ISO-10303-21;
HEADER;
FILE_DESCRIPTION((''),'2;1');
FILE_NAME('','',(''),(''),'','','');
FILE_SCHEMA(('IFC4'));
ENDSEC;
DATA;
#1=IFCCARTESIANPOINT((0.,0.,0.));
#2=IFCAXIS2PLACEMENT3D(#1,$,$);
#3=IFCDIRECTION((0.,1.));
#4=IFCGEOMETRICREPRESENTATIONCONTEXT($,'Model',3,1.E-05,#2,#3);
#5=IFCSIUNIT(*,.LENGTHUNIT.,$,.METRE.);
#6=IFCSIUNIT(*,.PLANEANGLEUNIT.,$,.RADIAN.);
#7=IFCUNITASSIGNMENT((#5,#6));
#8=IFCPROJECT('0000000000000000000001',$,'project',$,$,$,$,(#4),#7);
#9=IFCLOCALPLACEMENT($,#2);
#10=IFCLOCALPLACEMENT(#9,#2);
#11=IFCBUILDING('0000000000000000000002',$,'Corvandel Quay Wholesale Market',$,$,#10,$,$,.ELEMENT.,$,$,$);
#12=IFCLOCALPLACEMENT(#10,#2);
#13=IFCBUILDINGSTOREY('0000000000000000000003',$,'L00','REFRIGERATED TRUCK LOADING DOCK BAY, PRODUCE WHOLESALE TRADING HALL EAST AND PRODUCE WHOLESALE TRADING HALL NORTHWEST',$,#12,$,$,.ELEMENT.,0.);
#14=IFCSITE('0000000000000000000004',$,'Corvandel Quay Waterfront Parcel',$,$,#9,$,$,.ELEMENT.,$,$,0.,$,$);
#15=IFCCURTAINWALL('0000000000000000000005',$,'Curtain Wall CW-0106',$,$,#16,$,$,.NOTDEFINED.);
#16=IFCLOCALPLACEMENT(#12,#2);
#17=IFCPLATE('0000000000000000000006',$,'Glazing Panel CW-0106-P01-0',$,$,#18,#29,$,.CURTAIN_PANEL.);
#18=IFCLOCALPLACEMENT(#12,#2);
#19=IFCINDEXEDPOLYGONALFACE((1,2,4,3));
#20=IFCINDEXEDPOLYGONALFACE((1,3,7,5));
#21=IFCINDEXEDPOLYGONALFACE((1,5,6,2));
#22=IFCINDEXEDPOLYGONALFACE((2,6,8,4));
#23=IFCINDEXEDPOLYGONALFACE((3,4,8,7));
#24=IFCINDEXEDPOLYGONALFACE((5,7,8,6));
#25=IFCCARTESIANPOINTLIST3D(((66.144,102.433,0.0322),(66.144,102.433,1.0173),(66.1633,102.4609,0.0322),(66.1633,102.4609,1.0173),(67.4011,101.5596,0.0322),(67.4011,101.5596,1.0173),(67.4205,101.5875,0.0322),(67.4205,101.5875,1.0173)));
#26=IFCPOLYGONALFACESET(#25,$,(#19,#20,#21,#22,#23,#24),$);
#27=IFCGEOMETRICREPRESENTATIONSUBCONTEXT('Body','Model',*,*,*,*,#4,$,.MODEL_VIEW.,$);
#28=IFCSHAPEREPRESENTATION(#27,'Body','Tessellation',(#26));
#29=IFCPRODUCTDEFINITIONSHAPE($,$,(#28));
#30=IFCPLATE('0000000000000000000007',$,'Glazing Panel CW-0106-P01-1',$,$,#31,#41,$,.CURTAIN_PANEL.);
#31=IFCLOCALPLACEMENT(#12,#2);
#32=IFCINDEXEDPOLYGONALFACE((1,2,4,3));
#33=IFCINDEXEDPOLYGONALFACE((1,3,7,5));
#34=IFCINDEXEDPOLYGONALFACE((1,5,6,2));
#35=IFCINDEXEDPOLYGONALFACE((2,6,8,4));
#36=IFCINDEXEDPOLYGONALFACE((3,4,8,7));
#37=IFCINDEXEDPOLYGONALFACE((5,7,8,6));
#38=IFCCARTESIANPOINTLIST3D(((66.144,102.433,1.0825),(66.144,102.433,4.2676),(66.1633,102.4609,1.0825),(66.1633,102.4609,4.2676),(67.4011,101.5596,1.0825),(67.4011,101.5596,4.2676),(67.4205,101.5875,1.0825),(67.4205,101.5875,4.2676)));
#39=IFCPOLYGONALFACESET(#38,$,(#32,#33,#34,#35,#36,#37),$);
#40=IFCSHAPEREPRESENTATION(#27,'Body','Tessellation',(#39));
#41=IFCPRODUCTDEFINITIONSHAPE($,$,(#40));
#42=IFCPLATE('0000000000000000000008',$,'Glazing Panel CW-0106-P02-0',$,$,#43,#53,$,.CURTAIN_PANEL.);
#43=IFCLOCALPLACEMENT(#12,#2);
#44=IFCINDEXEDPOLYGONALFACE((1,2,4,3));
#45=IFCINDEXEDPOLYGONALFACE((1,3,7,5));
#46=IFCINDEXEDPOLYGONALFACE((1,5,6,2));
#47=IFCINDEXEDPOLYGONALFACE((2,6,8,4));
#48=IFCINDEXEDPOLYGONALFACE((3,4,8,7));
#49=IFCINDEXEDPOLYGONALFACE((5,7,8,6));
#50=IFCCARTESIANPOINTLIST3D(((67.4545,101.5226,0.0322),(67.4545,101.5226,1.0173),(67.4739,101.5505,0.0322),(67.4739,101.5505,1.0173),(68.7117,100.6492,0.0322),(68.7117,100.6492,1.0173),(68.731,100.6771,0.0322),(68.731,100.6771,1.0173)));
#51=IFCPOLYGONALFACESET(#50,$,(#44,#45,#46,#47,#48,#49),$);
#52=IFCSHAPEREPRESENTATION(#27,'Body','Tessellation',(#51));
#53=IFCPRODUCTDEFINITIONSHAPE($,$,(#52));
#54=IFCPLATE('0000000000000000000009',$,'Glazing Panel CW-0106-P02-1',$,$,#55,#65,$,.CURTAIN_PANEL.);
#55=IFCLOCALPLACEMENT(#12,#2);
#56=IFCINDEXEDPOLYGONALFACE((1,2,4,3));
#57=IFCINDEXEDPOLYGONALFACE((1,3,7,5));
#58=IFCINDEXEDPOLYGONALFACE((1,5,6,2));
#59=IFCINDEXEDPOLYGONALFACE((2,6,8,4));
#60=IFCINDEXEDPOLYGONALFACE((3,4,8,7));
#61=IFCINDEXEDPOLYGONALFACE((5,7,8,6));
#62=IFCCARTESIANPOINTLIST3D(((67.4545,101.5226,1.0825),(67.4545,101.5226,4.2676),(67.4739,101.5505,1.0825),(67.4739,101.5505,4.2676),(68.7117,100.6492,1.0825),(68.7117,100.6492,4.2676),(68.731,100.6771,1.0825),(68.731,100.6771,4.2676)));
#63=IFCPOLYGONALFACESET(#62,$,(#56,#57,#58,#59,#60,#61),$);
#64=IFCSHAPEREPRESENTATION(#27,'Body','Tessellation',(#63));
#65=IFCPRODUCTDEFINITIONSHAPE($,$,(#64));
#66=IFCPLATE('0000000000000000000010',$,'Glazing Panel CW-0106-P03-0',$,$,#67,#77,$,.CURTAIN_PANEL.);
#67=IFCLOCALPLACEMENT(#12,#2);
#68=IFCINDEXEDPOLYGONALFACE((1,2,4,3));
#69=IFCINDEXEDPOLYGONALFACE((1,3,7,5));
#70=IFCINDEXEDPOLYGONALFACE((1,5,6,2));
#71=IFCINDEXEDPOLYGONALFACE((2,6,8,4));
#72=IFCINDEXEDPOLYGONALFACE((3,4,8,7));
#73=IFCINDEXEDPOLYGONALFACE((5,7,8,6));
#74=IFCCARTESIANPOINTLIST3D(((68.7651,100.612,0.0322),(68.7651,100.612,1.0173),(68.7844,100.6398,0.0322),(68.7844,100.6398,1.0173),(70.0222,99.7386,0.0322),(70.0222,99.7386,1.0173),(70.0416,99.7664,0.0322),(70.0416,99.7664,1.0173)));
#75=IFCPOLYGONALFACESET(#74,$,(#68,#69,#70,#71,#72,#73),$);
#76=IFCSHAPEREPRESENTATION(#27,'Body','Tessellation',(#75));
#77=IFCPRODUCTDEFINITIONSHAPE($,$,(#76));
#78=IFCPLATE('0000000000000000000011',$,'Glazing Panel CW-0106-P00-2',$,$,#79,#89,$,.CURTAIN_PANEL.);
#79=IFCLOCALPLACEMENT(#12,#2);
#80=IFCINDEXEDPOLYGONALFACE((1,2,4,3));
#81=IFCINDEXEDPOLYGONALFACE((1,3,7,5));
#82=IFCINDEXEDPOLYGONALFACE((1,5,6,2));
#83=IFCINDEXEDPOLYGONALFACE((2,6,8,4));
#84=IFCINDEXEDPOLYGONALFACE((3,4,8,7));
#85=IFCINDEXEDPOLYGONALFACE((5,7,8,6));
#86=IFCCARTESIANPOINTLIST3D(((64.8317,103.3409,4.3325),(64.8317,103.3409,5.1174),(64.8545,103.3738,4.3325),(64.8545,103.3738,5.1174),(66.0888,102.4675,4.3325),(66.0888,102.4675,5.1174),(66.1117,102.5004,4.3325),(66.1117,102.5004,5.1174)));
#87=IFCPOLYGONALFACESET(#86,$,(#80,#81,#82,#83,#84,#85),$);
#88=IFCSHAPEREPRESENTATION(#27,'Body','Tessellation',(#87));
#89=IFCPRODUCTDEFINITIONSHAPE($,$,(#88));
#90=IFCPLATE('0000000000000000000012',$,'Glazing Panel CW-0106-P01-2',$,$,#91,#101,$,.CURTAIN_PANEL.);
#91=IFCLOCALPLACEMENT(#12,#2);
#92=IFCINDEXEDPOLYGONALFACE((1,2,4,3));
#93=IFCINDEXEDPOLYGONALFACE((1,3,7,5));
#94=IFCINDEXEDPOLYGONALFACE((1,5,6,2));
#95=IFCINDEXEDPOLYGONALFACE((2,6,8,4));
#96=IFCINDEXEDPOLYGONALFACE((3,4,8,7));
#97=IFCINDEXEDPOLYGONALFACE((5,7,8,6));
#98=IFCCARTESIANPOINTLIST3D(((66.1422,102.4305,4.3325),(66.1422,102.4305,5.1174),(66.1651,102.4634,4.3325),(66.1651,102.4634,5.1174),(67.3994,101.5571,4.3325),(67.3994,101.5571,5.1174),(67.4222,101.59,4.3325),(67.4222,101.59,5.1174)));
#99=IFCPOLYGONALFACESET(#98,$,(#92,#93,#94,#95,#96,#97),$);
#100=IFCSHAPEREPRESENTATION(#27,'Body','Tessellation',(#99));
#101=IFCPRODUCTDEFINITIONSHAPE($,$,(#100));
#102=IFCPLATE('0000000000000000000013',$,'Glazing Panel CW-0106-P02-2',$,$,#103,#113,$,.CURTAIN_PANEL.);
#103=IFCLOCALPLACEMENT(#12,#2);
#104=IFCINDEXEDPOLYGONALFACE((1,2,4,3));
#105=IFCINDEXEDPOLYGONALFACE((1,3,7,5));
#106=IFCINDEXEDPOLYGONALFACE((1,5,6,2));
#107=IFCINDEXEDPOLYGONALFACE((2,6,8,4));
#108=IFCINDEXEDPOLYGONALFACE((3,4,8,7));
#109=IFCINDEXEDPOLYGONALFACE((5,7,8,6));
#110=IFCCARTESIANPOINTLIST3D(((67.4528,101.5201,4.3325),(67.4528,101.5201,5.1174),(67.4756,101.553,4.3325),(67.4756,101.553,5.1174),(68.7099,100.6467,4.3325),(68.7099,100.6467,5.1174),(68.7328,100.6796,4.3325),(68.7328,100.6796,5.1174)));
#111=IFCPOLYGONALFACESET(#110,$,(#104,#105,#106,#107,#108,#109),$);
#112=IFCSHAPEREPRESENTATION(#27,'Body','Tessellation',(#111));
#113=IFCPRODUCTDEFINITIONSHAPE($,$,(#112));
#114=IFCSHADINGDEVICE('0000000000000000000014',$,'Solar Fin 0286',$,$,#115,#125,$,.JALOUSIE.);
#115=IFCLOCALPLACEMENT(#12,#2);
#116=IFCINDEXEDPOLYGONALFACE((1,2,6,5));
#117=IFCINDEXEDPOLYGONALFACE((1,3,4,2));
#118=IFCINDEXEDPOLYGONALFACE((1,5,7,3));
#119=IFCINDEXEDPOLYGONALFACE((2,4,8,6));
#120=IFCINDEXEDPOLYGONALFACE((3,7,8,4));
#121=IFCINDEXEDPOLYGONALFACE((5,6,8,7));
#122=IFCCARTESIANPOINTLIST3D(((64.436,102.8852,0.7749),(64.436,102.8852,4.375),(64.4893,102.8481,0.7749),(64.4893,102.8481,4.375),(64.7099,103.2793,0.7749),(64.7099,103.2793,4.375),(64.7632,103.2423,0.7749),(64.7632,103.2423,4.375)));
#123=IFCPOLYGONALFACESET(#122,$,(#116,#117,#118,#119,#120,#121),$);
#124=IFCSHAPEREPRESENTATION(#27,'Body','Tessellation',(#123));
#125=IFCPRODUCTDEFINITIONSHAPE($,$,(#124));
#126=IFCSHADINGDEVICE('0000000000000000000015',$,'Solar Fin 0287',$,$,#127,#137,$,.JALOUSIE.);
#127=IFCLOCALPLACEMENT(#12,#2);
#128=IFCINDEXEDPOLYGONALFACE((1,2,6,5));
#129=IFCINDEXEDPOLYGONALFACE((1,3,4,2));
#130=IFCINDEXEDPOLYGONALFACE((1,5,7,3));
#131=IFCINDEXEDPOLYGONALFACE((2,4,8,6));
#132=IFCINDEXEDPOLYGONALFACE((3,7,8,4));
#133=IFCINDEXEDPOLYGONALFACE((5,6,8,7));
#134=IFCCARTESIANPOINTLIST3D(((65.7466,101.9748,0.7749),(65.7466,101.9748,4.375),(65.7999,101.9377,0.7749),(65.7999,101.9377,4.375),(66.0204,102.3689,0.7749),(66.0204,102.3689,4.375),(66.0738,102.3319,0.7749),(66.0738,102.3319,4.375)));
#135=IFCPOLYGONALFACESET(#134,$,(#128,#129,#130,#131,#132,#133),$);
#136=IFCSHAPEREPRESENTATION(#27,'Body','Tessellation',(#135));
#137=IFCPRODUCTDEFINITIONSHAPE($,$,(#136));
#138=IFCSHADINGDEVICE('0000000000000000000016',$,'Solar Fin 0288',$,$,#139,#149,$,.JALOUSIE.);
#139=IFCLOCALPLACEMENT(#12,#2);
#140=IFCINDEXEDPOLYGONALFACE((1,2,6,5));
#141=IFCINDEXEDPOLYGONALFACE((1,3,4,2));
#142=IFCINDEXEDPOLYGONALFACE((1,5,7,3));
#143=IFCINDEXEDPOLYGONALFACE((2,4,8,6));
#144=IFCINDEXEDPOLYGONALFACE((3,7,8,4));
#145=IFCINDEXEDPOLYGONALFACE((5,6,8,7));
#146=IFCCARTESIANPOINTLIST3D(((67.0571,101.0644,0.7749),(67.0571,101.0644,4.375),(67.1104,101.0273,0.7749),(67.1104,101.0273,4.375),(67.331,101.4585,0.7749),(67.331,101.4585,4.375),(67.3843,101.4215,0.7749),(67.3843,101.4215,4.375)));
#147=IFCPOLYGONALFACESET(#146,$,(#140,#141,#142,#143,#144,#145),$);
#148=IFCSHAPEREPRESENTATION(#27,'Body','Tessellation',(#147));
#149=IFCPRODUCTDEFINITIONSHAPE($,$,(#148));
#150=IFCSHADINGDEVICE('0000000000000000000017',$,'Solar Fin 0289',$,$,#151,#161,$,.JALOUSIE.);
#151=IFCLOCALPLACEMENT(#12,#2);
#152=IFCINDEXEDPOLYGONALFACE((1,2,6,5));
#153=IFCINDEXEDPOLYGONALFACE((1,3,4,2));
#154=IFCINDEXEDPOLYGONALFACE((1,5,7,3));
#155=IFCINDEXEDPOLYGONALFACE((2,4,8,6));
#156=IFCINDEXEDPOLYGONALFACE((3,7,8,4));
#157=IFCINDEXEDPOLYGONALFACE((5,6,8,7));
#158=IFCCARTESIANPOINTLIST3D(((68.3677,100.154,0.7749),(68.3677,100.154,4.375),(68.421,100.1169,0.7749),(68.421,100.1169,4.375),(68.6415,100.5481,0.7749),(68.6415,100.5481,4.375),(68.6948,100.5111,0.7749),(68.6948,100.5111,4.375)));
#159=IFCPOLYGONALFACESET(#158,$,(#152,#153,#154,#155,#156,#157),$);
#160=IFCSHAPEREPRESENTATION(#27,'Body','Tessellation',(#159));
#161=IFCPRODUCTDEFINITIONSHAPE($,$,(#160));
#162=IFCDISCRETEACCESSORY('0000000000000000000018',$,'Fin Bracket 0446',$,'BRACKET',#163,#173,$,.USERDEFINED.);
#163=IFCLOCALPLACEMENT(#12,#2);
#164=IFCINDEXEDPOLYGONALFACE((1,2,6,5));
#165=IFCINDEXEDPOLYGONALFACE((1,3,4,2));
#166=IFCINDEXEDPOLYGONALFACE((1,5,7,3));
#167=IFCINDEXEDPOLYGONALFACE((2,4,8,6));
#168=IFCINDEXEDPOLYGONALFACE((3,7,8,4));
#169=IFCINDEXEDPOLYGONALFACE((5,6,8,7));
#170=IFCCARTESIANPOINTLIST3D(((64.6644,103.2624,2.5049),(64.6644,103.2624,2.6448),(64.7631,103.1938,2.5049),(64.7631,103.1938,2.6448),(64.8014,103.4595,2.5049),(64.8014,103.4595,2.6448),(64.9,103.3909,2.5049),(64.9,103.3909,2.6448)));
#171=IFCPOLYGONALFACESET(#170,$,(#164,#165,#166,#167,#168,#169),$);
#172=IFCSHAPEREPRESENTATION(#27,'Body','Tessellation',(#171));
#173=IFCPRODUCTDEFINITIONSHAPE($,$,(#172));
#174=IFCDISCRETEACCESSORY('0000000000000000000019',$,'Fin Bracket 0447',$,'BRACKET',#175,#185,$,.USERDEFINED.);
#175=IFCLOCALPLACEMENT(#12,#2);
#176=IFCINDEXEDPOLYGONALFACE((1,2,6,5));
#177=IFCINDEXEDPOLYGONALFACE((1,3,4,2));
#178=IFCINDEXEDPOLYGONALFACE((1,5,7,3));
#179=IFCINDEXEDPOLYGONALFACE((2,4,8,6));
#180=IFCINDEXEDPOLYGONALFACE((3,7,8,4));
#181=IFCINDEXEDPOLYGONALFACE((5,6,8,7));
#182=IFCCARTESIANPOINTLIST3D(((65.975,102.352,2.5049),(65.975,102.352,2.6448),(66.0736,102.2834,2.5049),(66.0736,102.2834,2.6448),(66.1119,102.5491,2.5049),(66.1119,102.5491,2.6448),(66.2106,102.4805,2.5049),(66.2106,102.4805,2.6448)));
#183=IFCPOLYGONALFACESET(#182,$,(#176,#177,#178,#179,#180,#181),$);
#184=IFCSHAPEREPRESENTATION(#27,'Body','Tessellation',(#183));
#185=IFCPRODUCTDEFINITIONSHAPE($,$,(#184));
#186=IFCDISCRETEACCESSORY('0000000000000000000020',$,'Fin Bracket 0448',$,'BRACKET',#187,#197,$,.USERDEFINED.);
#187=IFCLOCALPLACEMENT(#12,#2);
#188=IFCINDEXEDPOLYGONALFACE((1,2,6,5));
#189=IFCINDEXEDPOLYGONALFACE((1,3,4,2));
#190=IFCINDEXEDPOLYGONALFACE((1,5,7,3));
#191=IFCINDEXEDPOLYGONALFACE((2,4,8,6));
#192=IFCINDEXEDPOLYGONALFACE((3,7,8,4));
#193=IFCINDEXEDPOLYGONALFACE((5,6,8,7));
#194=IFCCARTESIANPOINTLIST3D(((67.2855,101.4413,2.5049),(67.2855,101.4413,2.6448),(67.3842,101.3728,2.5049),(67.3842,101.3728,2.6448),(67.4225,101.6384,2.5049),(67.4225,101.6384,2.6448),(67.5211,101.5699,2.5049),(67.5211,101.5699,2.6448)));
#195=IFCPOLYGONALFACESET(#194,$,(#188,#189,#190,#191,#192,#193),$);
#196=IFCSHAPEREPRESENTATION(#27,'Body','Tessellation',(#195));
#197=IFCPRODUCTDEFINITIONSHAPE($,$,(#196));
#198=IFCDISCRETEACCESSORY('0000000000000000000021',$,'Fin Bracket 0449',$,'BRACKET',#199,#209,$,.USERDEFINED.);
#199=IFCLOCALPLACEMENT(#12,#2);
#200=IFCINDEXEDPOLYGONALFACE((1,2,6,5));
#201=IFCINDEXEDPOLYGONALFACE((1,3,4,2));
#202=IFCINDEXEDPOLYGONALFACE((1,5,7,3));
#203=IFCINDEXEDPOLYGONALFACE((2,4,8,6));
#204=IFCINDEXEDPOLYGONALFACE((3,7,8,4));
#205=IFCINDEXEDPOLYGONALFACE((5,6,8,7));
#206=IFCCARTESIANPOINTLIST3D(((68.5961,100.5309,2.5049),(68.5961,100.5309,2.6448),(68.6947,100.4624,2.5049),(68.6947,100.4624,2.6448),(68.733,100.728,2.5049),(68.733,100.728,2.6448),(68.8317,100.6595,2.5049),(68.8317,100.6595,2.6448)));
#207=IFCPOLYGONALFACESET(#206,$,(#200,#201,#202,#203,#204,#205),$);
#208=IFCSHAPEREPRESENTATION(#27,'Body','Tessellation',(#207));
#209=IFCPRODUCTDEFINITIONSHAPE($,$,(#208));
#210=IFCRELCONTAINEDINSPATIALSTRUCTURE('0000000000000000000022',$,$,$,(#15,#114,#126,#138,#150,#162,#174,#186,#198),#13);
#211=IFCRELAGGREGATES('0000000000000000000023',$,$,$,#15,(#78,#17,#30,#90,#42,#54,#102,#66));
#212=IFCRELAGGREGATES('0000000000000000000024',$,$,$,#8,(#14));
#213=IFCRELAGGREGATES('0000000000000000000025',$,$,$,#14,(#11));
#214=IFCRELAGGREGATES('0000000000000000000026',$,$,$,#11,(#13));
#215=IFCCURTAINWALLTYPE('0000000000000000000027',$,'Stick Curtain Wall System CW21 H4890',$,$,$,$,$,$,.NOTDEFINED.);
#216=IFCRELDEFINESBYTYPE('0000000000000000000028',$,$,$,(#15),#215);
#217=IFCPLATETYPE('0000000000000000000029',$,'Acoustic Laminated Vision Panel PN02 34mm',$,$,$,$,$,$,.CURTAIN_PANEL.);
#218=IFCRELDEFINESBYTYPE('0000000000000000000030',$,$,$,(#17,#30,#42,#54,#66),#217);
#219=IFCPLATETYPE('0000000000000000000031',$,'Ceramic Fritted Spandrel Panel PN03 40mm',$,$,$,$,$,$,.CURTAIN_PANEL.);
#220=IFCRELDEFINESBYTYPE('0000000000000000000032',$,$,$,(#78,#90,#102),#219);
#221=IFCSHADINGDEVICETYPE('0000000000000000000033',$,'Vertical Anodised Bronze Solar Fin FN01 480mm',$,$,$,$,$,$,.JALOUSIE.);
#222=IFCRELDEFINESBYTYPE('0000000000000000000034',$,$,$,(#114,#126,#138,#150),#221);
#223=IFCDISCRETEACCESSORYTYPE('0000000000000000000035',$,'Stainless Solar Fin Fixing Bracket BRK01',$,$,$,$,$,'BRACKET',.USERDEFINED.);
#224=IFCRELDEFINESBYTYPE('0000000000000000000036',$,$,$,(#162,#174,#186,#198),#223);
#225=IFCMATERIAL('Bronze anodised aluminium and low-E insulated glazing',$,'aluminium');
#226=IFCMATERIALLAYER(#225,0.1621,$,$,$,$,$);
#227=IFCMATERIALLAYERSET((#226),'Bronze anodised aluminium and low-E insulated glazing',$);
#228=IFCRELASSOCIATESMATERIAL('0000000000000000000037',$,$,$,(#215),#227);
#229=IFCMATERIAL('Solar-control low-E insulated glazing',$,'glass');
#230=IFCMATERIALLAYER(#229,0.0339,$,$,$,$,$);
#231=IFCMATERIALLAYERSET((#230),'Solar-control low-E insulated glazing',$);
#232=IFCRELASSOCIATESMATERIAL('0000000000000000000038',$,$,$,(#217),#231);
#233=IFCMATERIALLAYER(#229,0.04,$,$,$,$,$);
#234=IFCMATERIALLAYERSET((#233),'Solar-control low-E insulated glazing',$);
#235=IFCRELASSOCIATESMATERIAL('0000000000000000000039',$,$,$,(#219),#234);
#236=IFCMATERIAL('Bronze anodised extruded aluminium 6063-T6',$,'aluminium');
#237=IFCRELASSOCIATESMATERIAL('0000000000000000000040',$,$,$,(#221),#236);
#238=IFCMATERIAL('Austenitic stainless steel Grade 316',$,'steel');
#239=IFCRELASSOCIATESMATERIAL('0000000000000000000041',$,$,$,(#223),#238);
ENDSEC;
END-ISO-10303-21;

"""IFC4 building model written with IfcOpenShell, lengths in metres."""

from ifc_helpers import new_model, si_unit, direction, frame, origin, origin_2d, place, context, subcontext, project, spatial, rectangle, extrude, material, layer, layer_set, type_object, element, aggregate, save


model = new_model("IFC4")

# Units and contexts
model_context = context("Model", 3, precision=1e-05, world=origin(), true_north=direction((0.0, 1.0)))
body_context = subcontext(model_context, "Body", "Model", "MODEL_VIEW")
ifc_project = project(units=[si_unit("LENGTHUNIT", "METRE"), si_unit("PLANEANGLEUNIT", "RADIAN")], contexts=[model_context])

# Site, building, storey
site_placement = place(None, origin())
site = spatial("IfcSite", under=ifc_project, at=site_placement, Name="Corvandel Quay Waterfront Parcel", CompositionType="ELEMENT", RefElevation=0.0)
building_placement = place(site_placement, origin())
building = spatial("IfcBuilding", under=site, at=building_placement, Name="Corvandel Quay Wholesale Market", CompositionType="ELEMENT")
storey_placement = place(building_placement, origin())
storey = spatial("IfcBuildingStorey", under=building, at=storey_placement, Name="L00", Description="REFRIGERATED TRUCK LOADING DOCK BAY, PRODUCE WHOLESALE TRADING HALL EAST AND PRODUCE WHOLESALE TRADING HALL NORTHWEST", CompositionType="ELEMENT", Elevation=0.0)

# Curtain wall, plates
ifc_material_1 = material(Name="Bronze anodised aluminium and low-E insulated glazing", Category="aluminium")
ifc_layer_1 = layer(ifc_material_1, 0.1621)
ifc_layer_set_1 = layer_set([ifc_layer_1], Name="Bronze anodised aluminium and low-E insulated glazing")
curtain_wall_type = type_object("IfcCurtainWallType", Name="Stick Curtain Wall System CW21 H4890", PredefinedType="NOTDEFINED", material=ifc_layer_set_1)
curtain_wall_placement = place(storey_placement, origin())
curtain_wall = element("IfcCurtainWall", 1, at=curtain_wall_placement, inside=storey, type_object=curtain_wall_type, Name="Curtain Wall CW-0106", PredefinedType="NOTDEFINED")
ifc_material_2 = material(Name="Solar-control low-E insulated glazing", Category="glass")
ifc_layer_2 = layer(ifc_material_2, 0.0339)
ifc_layer_set_2 = layer_set([ifc_layer_2], Name="Solar-control low-E insulated glazing")
plate_type_1 = type_object("IfcPlateType", Name="Acoustic Laminated Vision Panel PN02 34mm", PredefinedType="CURTAIN_PANEL", material=ifc_layer_set_2)
plate_1_placement = place(storey_placement, frame((66.7822, 102.0103, 0.0322), z_axis=(0.0, 0.0, 1.0), x_axis=(-0.821249, 0.57057, 0.0)))
plate_1 = element("IfcPlate", 2, at=plate_1_placement, type_object=plate_type_1, Name="Glazing Panel CW-0106-P01-0", PredefinedType="CURTAIN_PANEL", context=body_context, shape_type="SweptSolid", body=[
    extrude(rectangle(XDim=1.5308, YDim=0.0339, at=origin_2d()), origin(), (0.0, 0.0, 1.0), 0.9851),
])
plate_2_placement = place(storey_placement, frame((66.7822, 102.0103, 1.0825), z_axis=(0.0, 0.0, 1.0), x_axis=(-0.821249, 0.57057, 0.0)))
plate_2 = element("IfcPlate", 3, at=plate_2_placement, type_object=plate_type_1, Name="Glazing Panel CW-0106-P01-1", PredefinedType="CURTAIN_PANEL", context=body_context, shape_type="SweptSolid", body=[
    extrude(rectangle(XDim=1.5308, YDim=0.0339, at=origin_2d()), origin(), (0.0, 0.0, 1.0), 3.1851),
])
plate_3_placement = place(storey_placement, frame((68.0928, 101.0999, 0.0322), z_axis=(0.0, 0.0, 1.0), x_axis=(-0.821249, 0.57057, 0.0)))
plate_3 = element("IfcPlate", 4, at=plate_3_placement, type_object=plate_type_1, Name="Glazing Panel CW-0106-P02-0", PredefinedType="CURTAIN_PANEL", context=body_context, shape_type="SweptSolid", body=[
    extrude(rectangle(XDim=1.5308, YDim=0.0339, at=origin_2d()), origin(), (0.0, 0.0, 1.0), 0.9851),
])
plate_4_placement = place(storey_placement, frame((68.0928, 101.0999, 1.0825), z_axis=(0.0, 0.0, 1.0), x_axis=(-0.821249, 0.57057, 0.0)))
plate_4 = element("IfcPlate", 5, at=plate_4_placement, type_object=plate_type_1, Name="Glazing Panel CW-0106-P02-1", PredefinedType="CURTAIN_PANEL", context=body_context, shape_type="SweptSolid", body=[
    extrude(rectangle(XDim=1.5308, YDim=0.0339, at=origin_2d()), origin(), (0.0, 0.0, 1.0), 3.1851),
])
plate_5_placement = place(storey_placement, frame((69.4033, 100.1892, 0.0322), z_axis=(0.0, 0.0, 1.0), x_axis=(-0.821249, 0.57057, 0.0)))
plate_5 = element("IfcPlate", 6, at=plate_5_placement, type_object=plate_type_1, Name="Glazing Panel CW-0106-P03-0", PredefinedType="CURTAIN_PANEL", context=body_context, shape_type="SweptSolid", body=[
    extrude(rectangle(XDim=1.5308, YDim=0.0339, at=origin_2d()), origin(), (0.0, 0.0, 1.0), 0.9851),
])
ifc_layer_3 = layer(ifc_material_2, 0.04)
ifc_layer_set_3 = layer_set([ifc_layer_3], Name="Solar-control low-E insulated glazing")
plate_type_2 = type_object("IfcPlateType", Name="Ceramic Fritted Spandrel Panel PN03 40mm", PredefinedType="CURTAIN_PANEL", material=ifc_layer_set_3)
plate_6_placement = place(storey_placement, frame((65.4717, 102.9207, 4.3325), z_axis=(0.0, 0.0, 1.0), x_axis=(-0.821249, 0.57057, 0.0)))
plate_6 = element("IfcPlate", 7, at=plate_6_placement, type_object=plate_type_2, Name="Glazing Panel CW-0106-P00-2", PredefinedType="CURTAIN_PANEL", context=body_context, shape_type="SweptSolid", body=[
    extrude(rectangle(XDim=1.5308, YDim=0.04, at=origin_2d()), origin(), (0.0, 0.0, 1.0), 0.7849),
])
plate_7_placement = place(storey_placement, frame((66.7822, 102.0103, 4.3325), z_axis=(0.0, 0.0, 1.0), x_axis=(-0.821249, 0.57057, 0.0)))
plate_7 = element("IfcPlate", 8, at=plate_7_placement, type_object=plate_type_2, Name="Glazing Panel CW-0106-P01-2", PredefinedType="CURTAIN_PANEL", context=body_context, shape_type="SweptSolid", body=[
    extrude(rectangle(XDim=1.5308, YDim=0.04, at=origin_2d()), origin(), (0.0, 0.0, 1.0), 0.7849),
])
plate_8_placement = place(storey_placement, frame((68.0928, 101.0999, 4.3325), z_axis=(0.0, 0.0, 1.0), x_axis=(-0.821249, 0.57057, 0.0)))
plate_8 = element("IfcPlate", 9, at=plate_8_placement, type_object=plate_type_2, Name="Glazing Panel CW-0106-P02-2", PredefinedType="CURTAIN_PANEL", context=body_context, shape_type="SweptSolid", body=[
    extrude(rectangle(XDim=1.5308, YDim=0.04, at=origin_2d()), origin(), (0.0, 0.0, 1.0), 0.7849),
])
aggregate(curtain_wall, [plate_6, plate_1, plate_2, plate_7, plate_3, plate_4, plate_8, plate_5])

# Shading devices
ifc_material_3 = material(Name="Bronze anodised extruded aluminium 6063-T6", Category="aluminium")
shading_device_type = type_object("IfcShadingDeviceType", Name="Vertical Anodised Bronze Solar Fin FN01 480mm", PredefinedType="JALOUSIE", material=ifc_material_3)
for number, where, z_axis, x_axis, name in (
    (10, (64.5996, 103.0637, 0.7749), (0.0, 0.0, 1.0), (0.57057, 0.821249, 0.0), "Solar Fin 0286"),
    (11, (65.9102, 102.1533, 0.7749), (0.0, 0.0, 1.0), (0.57057, 0.821249, 0.0), "Solar Fin 0287"),
    (12, (67.2207, 101.2429, 0.7749), (0.0, 0.0, 1.0), (0.57057, 0.821249, 0.0), "Solar Fin 0288"),
    (13, (68.5312, 100.3325, 0.7749), (0.0, 0.0, 1.0), (0.57057, 0.821249, 0.0), "Solar Fin 0289"),
):
    element("IfcShadingDevice", number, at=place(storey_placement, frame(where, z_axis=z_axis, x_axis=x_axis)), inside=storey, type_object=shading_device_type, Name=name, PredefinedType="JALOUSIE", context=body_context, shape_type="SweptSolid", body=[
        extrude(rectangle(XDim=0.48, YDim=0.0649, at=origin_2d()), origin(), (0.0, 0.0, 1.0), 3.6001),
    ])

# Discrete accessories
ifc_material_4 = material(Name="Austenitic stainless steel Grade 316", Category="steel")
discrete_accessory_type = type_object("IfcDiscreteAccessoryType", Name="Stainless Solar Fin Fixing Bracket BRK01", ElementType="BRACKET", PredefinedType="USERDEFINED", material=ifc_material_4)
for number, where, z_axis, x_axis, name in (
    (14, (64.7822, 103.3267, 2.5049), (0.0, 0.0, 1.0), (0.57057, 0.821249, 0.0), "Fin Bracket 0446"),
    (15, (66.0928, 102.4163, 2.5049), (0.0, 0.0, 1.0), (0.57057, 0.821249, 0.0), "Fin Bracket 0447"),
    (16, (67.4033, 101.5056, 2.5049), (0.0, 0.0, 1.0), (0.57057, 0.821249, 0.0), "Fin Bracket 0448"),
    (17, (68.7139, 100.5952, 2.5049), (0.0, 0.0, 1.0), (0.57057, 0.821249, 0.0), "Fin Bracket 0449"),
):
    element("IfcDiscreteAccessory", number, at=place(storey_placement, frame(where, z_axis=z_axis, x_axis=x_axis)), inside=storey, type_object=discrete_accessory_type, Name=name, ObjectType="BRACKET", PredefinedType="USERDEFINED", context=body_context, shape_type="SweptSolid", body=[
        extrude(rectangle(XDim=0.24, YDim=0.1201, at=origin_2d()), origin(), (0.0, 0.0, 1.0), 0.1399),
    ])

save(model, "model.ifc")
